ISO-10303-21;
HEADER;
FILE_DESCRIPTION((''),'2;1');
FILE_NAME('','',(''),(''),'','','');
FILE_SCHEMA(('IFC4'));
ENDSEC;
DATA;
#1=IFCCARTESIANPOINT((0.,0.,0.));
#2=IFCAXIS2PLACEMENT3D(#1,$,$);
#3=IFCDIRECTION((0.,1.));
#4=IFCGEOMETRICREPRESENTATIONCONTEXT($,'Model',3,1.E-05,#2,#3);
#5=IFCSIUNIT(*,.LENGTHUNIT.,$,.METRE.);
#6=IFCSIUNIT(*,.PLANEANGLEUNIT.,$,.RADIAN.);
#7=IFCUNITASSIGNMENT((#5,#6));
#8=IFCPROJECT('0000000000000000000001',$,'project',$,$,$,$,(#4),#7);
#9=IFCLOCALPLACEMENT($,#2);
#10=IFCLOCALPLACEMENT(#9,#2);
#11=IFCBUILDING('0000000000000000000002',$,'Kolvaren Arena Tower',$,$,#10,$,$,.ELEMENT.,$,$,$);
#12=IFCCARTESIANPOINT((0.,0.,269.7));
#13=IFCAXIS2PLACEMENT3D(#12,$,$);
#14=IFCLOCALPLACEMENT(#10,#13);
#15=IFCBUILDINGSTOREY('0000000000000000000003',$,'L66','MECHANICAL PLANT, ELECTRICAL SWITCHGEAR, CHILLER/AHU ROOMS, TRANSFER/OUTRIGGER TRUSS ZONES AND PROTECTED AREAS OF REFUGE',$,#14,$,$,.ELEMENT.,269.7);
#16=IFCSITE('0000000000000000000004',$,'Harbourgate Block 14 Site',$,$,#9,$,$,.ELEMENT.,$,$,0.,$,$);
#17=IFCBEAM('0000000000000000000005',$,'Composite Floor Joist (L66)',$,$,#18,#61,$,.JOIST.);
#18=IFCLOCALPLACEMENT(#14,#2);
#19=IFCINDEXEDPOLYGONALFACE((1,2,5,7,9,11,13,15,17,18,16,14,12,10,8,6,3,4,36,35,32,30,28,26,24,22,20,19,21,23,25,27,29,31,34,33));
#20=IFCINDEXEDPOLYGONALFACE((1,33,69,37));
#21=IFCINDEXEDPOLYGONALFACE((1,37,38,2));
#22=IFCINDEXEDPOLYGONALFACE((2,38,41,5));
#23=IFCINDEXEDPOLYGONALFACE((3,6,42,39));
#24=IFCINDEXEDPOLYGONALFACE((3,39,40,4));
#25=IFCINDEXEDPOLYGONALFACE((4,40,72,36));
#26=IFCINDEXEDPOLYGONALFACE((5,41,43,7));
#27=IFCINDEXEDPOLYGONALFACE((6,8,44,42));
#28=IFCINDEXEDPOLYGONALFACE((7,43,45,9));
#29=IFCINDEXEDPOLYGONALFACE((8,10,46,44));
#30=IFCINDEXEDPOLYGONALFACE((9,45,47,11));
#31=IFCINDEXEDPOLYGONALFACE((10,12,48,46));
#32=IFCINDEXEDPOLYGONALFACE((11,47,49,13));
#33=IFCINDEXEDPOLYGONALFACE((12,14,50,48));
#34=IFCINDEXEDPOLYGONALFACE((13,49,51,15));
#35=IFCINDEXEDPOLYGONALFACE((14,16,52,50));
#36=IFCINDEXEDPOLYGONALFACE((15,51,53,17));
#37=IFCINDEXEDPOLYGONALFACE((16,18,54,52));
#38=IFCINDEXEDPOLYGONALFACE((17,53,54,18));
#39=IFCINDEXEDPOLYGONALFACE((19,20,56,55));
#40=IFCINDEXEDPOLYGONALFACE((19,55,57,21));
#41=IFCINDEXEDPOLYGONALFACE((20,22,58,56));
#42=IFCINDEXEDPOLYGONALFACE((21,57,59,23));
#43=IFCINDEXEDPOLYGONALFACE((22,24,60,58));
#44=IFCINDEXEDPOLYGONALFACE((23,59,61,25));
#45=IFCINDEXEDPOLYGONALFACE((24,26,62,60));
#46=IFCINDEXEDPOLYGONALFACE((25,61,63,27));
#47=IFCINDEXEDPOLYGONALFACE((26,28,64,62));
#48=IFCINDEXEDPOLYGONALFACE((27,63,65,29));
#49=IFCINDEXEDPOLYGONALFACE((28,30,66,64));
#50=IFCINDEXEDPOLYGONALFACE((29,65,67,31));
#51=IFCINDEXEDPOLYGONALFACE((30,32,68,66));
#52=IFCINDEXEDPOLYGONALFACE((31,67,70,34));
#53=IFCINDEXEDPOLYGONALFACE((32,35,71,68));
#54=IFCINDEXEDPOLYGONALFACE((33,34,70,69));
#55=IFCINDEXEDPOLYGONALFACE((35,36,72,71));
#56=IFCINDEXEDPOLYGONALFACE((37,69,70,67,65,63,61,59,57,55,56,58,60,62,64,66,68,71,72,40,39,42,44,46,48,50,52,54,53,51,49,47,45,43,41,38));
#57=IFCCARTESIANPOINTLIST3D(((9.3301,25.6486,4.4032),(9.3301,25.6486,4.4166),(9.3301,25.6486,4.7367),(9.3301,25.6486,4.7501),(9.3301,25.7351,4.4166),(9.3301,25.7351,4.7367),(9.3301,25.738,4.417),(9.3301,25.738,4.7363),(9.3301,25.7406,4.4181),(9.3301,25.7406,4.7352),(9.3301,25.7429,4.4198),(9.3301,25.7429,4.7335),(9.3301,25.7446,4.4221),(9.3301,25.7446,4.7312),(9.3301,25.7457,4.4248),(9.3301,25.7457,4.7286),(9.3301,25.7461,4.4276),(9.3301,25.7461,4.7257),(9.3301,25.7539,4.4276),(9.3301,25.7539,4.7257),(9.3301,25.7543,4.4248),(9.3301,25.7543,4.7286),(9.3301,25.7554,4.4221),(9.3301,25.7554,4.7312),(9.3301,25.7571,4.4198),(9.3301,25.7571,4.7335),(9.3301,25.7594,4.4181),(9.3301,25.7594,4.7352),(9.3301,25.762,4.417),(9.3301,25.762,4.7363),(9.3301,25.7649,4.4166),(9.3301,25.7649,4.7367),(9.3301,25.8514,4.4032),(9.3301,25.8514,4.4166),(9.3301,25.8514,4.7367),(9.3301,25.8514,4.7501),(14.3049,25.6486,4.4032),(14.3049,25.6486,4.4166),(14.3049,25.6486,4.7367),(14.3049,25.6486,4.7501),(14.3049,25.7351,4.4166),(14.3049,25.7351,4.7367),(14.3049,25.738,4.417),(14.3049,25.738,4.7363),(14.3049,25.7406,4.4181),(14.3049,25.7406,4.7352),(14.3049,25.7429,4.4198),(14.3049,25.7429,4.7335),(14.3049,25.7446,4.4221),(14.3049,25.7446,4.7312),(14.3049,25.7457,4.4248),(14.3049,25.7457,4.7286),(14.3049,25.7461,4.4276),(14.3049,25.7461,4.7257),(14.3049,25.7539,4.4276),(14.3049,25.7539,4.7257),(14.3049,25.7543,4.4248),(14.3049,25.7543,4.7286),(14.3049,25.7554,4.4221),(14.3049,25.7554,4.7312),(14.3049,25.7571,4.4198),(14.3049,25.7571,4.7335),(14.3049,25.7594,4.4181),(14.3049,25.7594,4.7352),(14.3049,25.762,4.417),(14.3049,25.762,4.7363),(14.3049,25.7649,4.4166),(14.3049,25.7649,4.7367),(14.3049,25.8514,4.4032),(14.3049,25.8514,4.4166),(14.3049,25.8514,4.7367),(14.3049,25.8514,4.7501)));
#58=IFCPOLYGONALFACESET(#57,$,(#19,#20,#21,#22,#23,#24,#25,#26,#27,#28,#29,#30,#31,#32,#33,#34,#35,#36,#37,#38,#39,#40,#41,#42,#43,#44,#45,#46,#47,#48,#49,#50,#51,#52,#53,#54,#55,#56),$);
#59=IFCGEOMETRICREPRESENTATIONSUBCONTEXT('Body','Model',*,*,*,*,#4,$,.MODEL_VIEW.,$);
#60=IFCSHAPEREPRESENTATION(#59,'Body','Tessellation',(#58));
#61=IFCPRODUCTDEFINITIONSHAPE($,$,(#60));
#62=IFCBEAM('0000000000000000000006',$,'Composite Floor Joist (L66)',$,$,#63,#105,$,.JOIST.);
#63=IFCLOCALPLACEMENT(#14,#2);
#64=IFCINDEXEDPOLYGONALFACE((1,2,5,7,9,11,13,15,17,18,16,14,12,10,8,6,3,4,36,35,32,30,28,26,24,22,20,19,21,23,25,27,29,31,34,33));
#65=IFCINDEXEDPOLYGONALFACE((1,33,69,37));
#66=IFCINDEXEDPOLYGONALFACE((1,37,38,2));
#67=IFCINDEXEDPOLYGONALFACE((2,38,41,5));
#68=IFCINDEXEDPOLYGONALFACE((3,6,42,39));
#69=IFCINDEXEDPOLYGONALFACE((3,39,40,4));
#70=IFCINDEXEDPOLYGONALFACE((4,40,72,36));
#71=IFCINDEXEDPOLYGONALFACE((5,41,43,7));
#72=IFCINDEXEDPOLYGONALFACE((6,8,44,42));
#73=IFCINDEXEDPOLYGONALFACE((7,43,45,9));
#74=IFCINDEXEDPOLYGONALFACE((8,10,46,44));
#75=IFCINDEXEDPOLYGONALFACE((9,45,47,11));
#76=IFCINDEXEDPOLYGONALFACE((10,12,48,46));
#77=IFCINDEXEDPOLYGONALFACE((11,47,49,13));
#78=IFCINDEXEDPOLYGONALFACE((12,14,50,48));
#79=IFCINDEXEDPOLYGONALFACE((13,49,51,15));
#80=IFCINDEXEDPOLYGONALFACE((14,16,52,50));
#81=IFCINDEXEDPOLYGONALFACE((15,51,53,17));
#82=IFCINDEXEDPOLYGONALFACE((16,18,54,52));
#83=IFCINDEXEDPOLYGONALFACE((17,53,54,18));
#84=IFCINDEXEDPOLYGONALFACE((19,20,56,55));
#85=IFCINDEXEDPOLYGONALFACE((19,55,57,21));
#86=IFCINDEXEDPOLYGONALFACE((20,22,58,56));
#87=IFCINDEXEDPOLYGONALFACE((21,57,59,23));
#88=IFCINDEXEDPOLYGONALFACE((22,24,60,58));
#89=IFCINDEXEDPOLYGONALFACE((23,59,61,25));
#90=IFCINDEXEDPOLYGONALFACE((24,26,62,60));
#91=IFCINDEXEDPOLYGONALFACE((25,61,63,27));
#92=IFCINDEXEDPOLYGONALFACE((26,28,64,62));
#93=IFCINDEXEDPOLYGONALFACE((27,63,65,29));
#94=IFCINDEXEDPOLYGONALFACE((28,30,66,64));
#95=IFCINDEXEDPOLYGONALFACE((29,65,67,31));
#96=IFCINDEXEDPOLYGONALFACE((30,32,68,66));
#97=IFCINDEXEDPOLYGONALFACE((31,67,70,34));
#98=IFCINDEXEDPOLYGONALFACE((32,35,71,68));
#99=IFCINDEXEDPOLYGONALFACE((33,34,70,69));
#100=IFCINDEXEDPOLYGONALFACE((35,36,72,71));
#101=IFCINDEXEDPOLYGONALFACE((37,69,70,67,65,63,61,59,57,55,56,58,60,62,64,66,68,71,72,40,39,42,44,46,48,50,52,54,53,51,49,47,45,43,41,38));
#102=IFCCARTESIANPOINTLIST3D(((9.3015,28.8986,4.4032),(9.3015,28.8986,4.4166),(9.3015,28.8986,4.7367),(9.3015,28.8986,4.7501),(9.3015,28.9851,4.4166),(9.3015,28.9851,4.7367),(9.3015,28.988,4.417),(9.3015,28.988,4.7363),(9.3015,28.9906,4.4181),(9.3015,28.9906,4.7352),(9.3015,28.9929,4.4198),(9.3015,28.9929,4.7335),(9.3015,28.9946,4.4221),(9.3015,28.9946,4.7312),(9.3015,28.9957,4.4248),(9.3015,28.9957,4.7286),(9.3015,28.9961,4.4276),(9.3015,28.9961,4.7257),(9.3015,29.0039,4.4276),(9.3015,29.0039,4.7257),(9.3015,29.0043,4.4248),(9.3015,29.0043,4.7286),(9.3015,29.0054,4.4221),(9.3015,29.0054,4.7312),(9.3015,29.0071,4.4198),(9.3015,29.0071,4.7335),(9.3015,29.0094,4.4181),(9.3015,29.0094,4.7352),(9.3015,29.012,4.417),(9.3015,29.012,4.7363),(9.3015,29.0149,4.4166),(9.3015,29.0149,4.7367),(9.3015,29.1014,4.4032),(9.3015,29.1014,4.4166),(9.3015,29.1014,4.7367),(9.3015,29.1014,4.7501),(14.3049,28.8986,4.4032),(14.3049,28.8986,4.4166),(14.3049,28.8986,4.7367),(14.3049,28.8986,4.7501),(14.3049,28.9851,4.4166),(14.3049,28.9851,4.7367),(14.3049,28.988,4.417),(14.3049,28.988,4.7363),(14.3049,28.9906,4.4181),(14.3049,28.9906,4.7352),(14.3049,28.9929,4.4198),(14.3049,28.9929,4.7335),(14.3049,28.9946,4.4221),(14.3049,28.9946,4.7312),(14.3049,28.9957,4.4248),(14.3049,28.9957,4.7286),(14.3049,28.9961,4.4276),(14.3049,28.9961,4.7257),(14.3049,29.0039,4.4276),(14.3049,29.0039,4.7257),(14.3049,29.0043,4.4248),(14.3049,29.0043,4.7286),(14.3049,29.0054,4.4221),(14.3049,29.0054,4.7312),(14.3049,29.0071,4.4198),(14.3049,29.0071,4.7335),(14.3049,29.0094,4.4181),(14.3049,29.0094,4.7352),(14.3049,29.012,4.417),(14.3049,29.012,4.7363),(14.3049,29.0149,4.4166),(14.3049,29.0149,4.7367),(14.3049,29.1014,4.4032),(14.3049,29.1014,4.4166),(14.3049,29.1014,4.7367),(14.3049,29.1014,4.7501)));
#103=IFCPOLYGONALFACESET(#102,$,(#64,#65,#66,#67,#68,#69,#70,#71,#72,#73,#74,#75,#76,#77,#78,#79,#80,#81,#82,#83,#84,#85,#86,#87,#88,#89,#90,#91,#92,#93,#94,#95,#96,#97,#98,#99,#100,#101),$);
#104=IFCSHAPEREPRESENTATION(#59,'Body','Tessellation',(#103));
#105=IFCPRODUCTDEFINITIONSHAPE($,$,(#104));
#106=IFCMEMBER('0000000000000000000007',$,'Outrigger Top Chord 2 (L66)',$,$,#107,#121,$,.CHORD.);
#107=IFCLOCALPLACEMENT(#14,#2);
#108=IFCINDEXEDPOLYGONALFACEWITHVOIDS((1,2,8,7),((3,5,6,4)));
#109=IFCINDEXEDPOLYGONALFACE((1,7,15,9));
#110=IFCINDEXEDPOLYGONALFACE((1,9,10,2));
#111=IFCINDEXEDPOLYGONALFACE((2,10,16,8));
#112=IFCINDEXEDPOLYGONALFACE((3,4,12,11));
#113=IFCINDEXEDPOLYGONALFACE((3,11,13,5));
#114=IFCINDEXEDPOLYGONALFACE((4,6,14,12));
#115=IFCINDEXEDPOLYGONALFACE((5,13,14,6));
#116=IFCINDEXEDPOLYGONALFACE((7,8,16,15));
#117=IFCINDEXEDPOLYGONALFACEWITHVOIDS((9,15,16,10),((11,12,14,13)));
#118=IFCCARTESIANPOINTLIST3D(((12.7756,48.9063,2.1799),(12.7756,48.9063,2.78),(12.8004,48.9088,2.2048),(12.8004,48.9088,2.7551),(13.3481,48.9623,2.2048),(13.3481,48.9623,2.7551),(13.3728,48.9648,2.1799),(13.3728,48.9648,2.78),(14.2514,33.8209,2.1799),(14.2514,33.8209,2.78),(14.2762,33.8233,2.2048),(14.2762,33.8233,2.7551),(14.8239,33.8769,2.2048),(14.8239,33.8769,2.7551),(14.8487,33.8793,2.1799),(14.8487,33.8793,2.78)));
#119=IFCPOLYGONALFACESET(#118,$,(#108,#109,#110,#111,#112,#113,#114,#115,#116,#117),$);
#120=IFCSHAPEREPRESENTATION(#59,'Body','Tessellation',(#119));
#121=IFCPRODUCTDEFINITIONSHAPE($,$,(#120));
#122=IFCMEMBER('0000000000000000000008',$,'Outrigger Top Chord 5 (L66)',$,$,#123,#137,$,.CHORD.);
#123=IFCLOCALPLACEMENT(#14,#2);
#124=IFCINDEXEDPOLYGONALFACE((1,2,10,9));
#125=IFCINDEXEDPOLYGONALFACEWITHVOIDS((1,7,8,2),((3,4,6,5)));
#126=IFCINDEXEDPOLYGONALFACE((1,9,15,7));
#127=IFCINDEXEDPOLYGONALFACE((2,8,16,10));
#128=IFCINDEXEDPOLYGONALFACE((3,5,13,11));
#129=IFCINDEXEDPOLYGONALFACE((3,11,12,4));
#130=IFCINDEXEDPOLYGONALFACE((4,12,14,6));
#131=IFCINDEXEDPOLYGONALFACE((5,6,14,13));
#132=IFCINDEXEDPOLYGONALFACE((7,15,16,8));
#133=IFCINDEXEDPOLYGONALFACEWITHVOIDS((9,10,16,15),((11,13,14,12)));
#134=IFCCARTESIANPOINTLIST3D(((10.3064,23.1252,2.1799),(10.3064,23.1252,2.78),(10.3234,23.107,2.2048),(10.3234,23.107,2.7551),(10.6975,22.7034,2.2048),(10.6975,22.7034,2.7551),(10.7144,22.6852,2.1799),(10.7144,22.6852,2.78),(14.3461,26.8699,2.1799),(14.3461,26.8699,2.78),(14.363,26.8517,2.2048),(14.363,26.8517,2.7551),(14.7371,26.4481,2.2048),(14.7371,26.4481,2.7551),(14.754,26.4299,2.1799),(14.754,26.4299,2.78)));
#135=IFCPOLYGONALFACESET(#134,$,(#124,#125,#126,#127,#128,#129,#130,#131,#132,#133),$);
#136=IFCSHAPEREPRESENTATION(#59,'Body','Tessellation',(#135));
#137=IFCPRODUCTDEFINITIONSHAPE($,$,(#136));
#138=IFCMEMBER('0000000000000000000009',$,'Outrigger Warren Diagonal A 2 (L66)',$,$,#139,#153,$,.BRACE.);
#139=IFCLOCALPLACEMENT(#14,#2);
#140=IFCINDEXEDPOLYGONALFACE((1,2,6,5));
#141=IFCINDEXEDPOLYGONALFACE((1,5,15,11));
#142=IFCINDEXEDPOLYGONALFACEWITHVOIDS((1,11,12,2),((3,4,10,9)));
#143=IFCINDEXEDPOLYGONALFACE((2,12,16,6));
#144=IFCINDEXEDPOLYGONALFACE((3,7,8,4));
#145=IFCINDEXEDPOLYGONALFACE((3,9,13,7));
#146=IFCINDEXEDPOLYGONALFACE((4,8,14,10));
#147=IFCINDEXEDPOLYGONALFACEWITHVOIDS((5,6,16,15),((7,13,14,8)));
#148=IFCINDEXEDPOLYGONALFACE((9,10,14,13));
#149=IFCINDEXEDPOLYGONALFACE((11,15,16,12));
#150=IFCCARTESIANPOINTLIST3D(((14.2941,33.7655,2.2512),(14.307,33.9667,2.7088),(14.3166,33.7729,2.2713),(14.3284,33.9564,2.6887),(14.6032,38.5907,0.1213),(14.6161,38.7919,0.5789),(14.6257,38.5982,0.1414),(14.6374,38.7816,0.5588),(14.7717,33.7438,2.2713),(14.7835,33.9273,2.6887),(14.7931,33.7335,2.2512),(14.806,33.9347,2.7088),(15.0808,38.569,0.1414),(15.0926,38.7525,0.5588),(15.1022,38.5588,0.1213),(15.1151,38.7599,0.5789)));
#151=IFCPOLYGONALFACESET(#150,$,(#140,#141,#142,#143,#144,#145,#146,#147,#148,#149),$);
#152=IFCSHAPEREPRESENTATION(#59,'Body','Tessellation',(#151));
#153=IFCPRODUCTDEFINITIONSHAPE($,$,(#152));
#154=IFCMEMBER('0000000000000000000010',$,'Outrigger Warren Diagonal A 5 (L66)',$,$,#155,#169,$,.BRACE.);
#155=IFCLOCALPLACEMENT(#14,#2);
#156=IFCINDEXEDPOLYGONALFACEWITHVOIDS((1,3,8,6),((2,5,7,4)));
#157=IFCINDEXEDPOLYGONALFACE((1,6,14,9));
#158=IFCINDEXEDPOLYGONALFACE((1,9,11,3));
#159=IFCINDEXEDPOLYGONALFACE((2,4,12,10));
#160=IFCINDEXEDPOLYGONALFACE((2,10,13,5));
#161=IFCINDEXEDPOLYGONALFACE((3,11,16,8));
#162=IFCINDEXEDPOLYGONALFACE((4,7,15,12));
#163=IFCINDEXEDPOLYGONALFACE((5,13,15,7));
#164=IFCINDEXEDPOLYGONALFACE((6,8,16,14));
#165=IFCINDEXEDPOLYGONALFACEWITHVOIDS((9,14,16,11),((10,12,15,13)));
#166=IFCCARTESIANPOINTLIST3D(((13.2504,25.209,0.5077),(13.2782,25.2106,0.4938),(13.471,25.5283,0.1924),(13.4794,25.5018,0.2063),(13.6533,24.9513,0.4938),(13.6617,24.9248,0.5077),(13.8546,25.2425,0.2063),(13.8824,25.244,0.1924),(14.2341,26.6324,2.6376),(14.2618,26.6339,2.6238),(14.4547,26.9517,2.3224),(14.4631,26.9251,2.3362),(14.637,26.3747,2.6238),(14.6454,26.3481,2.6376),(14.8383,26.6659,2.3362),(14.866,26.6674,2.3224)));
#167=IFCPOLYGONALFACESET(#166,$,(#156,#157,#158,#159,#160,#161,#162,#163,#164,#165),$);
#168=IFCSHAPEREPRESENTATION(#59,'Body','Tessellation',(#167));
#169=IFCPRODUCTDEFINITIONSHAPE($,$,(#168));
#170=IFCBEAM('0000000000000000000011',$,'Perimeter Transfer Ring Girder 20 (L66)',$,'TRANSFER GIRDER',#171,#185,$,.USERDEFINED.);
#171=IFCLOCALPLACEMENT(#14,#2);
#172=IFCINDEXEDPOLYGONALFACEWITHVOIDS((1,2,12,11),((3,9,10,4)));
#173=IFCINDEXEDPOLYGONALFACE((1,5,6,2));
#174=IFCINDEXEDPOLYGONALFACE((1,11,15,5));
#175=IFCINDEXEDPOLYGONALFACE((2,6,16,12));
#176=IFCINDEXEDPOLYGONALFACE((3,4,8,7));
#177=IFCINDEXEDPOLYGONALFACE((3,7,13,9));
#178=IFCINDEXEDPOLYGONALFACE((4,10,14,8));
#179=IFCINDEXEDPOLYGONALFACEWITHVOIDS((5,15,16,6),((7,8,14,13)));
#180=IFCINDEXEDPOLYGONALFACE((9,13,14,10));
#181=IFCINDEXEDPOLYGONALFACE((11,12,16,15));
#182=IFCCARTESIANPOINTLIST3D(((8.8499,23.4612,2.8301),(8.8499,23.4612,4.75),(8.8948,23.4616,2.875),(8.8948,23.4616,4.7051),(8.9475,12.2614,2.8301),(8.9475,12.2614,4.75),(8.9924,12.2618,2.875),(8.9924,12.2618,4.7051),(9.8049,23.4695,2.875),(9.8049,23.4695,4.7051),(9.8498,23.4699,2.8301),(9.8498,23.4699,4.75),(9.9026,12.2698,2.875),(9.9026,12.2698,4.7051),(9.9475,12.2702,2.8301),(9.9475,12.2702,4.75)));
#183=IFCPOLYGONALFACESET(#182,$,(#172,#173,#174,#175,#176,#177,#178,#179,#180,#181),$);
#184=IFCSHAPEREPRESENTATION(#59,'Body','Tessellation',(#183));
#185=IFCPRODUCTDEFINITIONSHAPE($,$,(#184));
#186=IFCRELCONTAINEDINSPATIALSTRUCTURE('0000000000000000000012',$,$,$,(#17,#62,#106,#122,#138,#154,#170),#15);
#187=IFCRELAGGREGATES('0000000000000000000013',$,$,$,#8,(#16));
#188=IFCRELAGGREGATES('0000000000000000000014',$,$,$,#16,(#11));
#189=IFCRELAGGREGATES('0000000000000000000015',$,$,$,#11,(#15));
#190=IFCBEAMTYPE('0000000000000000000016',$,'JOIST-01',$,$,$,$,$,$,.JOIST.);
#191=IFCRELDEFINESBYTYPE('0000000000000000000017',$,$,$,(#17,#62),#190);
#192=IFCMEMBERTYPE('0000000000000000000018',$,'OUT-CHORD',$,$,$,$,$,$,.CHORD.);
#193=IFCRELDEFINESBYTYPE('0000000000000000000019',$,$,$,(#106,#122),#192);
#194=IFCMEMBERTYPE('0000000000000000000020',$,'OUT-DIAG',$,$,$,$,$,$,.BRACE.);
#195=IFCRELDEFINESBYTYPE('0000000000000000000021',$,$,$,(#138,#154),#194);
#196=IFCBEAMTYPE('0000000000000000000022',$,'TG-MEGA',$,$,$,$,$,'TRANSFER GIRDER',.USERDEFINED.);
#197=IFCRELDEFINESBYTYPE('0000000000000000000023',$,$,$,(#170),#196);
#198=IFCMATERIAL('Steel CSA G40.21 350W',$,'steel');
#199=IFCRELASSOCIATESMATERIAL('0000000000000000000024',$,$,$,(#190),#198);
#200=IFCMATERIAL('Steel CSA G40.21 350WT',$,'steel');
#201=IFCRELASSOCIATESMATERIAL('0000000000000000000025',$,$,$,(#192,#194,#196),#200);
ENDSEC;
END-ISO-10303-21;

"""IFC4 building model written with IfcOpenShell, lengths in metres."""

from ifc_helpers import new_model, si_unit, direction, frame, origin, origin_2d, place, context, subcontext, project, spatial, hollow_rectangle, i_section, extrude, material, material_profile, profile_set, type_object, element, save


model = new_model("IFC4")

# Units and contexts
model_context = context("Model", 3, precision=1e-05, world=origin(), true_north=direction((0.0, 1.0)))
body_context = subcontext(model_context, "Body", "Model", "MODEL_VIEW")
ifc_project = project(units=[si_unit("LENGTHUNIT", "METRE"), si_unit("PLANEANGLEUNIT", "RADIAN")], contexts=[model_context])

# Site, building, storey
site_placement = place(None, origin())
site = spatial("IfcSite", under=ifc_project, at=site_placement, Name="Harbourgate Block 14 Site", CompositionType="ELEMENT", RefElevation=0.0)
building_placement = place(site_placement, origin())
building = spatial("IfcBuilding", under=site, at=building_placement, Name="Kolvaren Arena Tower", CompositionType="ELEMENT")
storey_placement = place(building_placement, frame((0.0, 0.0, 269.7)))
storey = spatial("IfcBuildingStorey", under=building, at=storey_placement, Name="L66", Description="MECHANICAL PLANT, ELECTRICAL SWITCHGEAR, CHILLER/AHU ROOMS, TRANSFER/OUTRIGGER TRUSS ZONES AND PROTECTED AREAS OF REFUGE", CompositionType="ELEMENT", Elevation=269.7)

# Shared definitions
ifc_material_1 = material(Name="Steel CSA G40.21 350W", Category="steel")

# Shared definitions
ifc_material_2 = material(Name="Steel CSA G40.21 350WT", Category="steel")

# Beams
ifc_material_profile_1 = material_profile(ifc_material_1, i_section(OverallWidth=0.2029, OverallDepth=0.3469, WebThickness=0.0078, FlangeThickness=0.0134, FilletRadius=0.011, at=origin_2d()), Name="W360x64")
ifc_profile_set_1 = profile_set([ifc_material_profile_1], Name="Steel CSA G40.21 350W")
beam_type_1 = type_object("IfcBeamType", Name="JOIST-01", PredefinedType="JOIST", material=ifc_profile_set_1)
beam_1_placement = place(storey_placement, frame((9.3301, 25.75, 4.5767), z_axis=(1.0, 0.0, 0.0), x_axis=(0.0, 1.0, 0.0)))
element("IfcBeam", 1, at=beam_1_placement, inside=storey, type_object=beam_type_1, Name="Composite Floor Joist (L66)", PredefinedType="JOIST", context=body_context, shape_type="SweptSolid", body=[
    extrude(i_section(OverallWidth=0.2029, OverallDepth=0.3469, WebThickness=0.0078, FlangeThickness=0.0134, FilletRadius=0.011, at=origin_2d()), origin(), (0.0, 0.0, 1.0), 4.9749),
])
beam_2_placement = place(storey_placement, frame((9.3015, 29.0, 4.5767), z_axis=(1.0, 0.0, 0.0), x_axis=(0.0, 1.0, 0.0)))
element("IfcBeam", 2, at=beam_2_placement, inside=storey, type_object=beam_type_1, Name="Composite Floor Joist (L66)", PredefinedType="JOIST", context=body_context, shape_type="SweptSolid", body=[
    extrude(i_section(OverallWidth=0.2029, OverallDepth=0.3469, WebThickness=0.0078, FlangeThickness=0.0134, FilletRadius=0.011, at=origin_2d()), origin(), (0.0, 0.0, 1.0), 5.0034),
])

# Members
ifc_material_profile_2 = material_profile(ifc_material_2, hollow_rectangle(XDim=0.6001, YDim=0.6001, WallThickness=0.0249, at=origin_2d()), Name="HSS 600x600x25")
ifc_profile_set_2 = profile_set([ifc_material_profile_2], Name="Steel CSA G40.21 350WT")
member_type_1 = type_object("IfcMemberType", Name="OUT-CHORD", PredefinedType="CHORD", material=ifc_profile_set_2)
member_1_placement = place(storey_placement, frame((14.55, 33.8501, 2.48), z_axis=(-0.097367, 0.995249, 0.0), x_axis=(-0.995249, -0.097367, 0.0)))
element("IfcMember", 3, at=member_1_placement, inside=storey, type_object=member_type_1, Name="Outrigger Top Chord 2 (L66)", PredefinedType="CHORD", context=body_context, shape_type="SweptSolid", body=[
    extrude(hollow_rectangle(XDim=0.6001, YDim=0.6001, WallThickness=0.0249, at=origin_2d()), origin(), (0.0, 0.0, 1.0), 15.1575),
])
member_2_placement = place(storey_placement, frame((14.55, 26.6499, 2.48), z_axis=(-0.733371, -0.679829, 0.0), x_axis=(0.679829, -0.733371, 0.0)))
element("IfcMember", 4, at=member_2_placement, inside=storey, type_object=member_type_1, Name="Outrigger Top Chord 5 (L66)", PredefinedType="CHORD", context=body_context, shape_type="SweptSolid", body=[
    extrude(hollow_rectangle(XDim=0.6001, YDim=0.6001, WallThickness=0.0249, at=origin_2d()), origin(), (0.0, 0.0, 1.0), 5.5083),
])
ifc_material_profile_3 = material_profile(ifc_material_2, hollow_rectangle(XDim=0.5, YDim=0.5, WallThickness=0.022, at=origin_2d()), Name="HSS 500x500x22")
ifc_profile_set_3 = profile_set([ifc_material_profile_3], Name="Steel CSA G40.21 350WT")
member_type_2 = type_object("IfcMemberType", Name="OUT-DIAG", PredefinedType="BRACE", material=ifc_profile_set_3)
member_3_placement = place(storey_placement, frame((14.55, 33.8501, 2.48), z_axis=(0.0585, 0.913273, -0.403126), x_axis=(-0.997955, 0.063925, 0.0)))
element("IfcMember", 5, at=member_3_placement, inside=storey, type_object=member_type_2, Name="Outrigger Warren Diagonal A 2 (L66)", PredefinedType="BRACE", context=body_context, shape_type="SweptSolid", body=[
    extrude(hollow_rectangle(XDim=0.5, YDim=0.5, WallThickness=0.022, at=origin_2d()), origin(), (0.0, 0.0, 1.0), 5.2834),
])
member_4_placement = place(storey_placement, frame((14.55, 26.6499, 2.48), z_axis=(-0.358463, -0.518699, -0.77618), x_axis=(0.822664, -0.568527, 0.0)))
element("IfcMember", 6, at=member_4_placement, inside=storey, type_object=member_type_2, Name="Outrigger Warren Diagonal A 5 (L66)", PredefinedType="BRACE", context=body_context, shape_type="SweptSolid", body=[
    extrude(hollow_rectangle(XDim=0.5, YDim=0.5, WallThickness=0.022, at=origin_2d()), origin(), (0.0, 0.0, 1.0), 2.7441),
])

# Beam
ifc_material_profile_4 = material_profile(ifc_material_2, hollow_rectangle(XDim=1.0, YDim=1.9199, WallThickness=0.0449, at=origin_2d()), Name="BOX 1000x1920x45")
ifc_profile_set_4 = profile_set([ifc_material_profile_4], Name="Steel CSA G40.21 350WT")
beam_type_2 = type_object("IfcBeamType", Name="TG-MEGA", ElementType="TRANSFER GIRDER", PredefinedType="USERDEFINED", material=ifc_profile_set_4)
beam_3_placement = place(storey_placement, frame((9.3499, 23.4656, 3.79), z_axis=(0.008719, -0.999962, 0.0), x_axis=(0.999962, 0.008719, 0.0)))
element("IfcBeam", 7, at=beam_3_placement, inside=storey, type_object=beam_type_2, Name="Perimeter Transfer Ring Girder 20 (L66)", ObjectType="TRANSFER GIRDER", PredefinedType="USERDEFINED", context=body_context, shape_type="SweptSolid", body=[
    extrude(hollow_rectangle(XDim=1.0, YDim=1.9199, WallThickness=0.0449, at=origin_2d()), origin(), (0.0, 0.0, 1.0), 11.2002),
])

save(model, "model.ifc")
